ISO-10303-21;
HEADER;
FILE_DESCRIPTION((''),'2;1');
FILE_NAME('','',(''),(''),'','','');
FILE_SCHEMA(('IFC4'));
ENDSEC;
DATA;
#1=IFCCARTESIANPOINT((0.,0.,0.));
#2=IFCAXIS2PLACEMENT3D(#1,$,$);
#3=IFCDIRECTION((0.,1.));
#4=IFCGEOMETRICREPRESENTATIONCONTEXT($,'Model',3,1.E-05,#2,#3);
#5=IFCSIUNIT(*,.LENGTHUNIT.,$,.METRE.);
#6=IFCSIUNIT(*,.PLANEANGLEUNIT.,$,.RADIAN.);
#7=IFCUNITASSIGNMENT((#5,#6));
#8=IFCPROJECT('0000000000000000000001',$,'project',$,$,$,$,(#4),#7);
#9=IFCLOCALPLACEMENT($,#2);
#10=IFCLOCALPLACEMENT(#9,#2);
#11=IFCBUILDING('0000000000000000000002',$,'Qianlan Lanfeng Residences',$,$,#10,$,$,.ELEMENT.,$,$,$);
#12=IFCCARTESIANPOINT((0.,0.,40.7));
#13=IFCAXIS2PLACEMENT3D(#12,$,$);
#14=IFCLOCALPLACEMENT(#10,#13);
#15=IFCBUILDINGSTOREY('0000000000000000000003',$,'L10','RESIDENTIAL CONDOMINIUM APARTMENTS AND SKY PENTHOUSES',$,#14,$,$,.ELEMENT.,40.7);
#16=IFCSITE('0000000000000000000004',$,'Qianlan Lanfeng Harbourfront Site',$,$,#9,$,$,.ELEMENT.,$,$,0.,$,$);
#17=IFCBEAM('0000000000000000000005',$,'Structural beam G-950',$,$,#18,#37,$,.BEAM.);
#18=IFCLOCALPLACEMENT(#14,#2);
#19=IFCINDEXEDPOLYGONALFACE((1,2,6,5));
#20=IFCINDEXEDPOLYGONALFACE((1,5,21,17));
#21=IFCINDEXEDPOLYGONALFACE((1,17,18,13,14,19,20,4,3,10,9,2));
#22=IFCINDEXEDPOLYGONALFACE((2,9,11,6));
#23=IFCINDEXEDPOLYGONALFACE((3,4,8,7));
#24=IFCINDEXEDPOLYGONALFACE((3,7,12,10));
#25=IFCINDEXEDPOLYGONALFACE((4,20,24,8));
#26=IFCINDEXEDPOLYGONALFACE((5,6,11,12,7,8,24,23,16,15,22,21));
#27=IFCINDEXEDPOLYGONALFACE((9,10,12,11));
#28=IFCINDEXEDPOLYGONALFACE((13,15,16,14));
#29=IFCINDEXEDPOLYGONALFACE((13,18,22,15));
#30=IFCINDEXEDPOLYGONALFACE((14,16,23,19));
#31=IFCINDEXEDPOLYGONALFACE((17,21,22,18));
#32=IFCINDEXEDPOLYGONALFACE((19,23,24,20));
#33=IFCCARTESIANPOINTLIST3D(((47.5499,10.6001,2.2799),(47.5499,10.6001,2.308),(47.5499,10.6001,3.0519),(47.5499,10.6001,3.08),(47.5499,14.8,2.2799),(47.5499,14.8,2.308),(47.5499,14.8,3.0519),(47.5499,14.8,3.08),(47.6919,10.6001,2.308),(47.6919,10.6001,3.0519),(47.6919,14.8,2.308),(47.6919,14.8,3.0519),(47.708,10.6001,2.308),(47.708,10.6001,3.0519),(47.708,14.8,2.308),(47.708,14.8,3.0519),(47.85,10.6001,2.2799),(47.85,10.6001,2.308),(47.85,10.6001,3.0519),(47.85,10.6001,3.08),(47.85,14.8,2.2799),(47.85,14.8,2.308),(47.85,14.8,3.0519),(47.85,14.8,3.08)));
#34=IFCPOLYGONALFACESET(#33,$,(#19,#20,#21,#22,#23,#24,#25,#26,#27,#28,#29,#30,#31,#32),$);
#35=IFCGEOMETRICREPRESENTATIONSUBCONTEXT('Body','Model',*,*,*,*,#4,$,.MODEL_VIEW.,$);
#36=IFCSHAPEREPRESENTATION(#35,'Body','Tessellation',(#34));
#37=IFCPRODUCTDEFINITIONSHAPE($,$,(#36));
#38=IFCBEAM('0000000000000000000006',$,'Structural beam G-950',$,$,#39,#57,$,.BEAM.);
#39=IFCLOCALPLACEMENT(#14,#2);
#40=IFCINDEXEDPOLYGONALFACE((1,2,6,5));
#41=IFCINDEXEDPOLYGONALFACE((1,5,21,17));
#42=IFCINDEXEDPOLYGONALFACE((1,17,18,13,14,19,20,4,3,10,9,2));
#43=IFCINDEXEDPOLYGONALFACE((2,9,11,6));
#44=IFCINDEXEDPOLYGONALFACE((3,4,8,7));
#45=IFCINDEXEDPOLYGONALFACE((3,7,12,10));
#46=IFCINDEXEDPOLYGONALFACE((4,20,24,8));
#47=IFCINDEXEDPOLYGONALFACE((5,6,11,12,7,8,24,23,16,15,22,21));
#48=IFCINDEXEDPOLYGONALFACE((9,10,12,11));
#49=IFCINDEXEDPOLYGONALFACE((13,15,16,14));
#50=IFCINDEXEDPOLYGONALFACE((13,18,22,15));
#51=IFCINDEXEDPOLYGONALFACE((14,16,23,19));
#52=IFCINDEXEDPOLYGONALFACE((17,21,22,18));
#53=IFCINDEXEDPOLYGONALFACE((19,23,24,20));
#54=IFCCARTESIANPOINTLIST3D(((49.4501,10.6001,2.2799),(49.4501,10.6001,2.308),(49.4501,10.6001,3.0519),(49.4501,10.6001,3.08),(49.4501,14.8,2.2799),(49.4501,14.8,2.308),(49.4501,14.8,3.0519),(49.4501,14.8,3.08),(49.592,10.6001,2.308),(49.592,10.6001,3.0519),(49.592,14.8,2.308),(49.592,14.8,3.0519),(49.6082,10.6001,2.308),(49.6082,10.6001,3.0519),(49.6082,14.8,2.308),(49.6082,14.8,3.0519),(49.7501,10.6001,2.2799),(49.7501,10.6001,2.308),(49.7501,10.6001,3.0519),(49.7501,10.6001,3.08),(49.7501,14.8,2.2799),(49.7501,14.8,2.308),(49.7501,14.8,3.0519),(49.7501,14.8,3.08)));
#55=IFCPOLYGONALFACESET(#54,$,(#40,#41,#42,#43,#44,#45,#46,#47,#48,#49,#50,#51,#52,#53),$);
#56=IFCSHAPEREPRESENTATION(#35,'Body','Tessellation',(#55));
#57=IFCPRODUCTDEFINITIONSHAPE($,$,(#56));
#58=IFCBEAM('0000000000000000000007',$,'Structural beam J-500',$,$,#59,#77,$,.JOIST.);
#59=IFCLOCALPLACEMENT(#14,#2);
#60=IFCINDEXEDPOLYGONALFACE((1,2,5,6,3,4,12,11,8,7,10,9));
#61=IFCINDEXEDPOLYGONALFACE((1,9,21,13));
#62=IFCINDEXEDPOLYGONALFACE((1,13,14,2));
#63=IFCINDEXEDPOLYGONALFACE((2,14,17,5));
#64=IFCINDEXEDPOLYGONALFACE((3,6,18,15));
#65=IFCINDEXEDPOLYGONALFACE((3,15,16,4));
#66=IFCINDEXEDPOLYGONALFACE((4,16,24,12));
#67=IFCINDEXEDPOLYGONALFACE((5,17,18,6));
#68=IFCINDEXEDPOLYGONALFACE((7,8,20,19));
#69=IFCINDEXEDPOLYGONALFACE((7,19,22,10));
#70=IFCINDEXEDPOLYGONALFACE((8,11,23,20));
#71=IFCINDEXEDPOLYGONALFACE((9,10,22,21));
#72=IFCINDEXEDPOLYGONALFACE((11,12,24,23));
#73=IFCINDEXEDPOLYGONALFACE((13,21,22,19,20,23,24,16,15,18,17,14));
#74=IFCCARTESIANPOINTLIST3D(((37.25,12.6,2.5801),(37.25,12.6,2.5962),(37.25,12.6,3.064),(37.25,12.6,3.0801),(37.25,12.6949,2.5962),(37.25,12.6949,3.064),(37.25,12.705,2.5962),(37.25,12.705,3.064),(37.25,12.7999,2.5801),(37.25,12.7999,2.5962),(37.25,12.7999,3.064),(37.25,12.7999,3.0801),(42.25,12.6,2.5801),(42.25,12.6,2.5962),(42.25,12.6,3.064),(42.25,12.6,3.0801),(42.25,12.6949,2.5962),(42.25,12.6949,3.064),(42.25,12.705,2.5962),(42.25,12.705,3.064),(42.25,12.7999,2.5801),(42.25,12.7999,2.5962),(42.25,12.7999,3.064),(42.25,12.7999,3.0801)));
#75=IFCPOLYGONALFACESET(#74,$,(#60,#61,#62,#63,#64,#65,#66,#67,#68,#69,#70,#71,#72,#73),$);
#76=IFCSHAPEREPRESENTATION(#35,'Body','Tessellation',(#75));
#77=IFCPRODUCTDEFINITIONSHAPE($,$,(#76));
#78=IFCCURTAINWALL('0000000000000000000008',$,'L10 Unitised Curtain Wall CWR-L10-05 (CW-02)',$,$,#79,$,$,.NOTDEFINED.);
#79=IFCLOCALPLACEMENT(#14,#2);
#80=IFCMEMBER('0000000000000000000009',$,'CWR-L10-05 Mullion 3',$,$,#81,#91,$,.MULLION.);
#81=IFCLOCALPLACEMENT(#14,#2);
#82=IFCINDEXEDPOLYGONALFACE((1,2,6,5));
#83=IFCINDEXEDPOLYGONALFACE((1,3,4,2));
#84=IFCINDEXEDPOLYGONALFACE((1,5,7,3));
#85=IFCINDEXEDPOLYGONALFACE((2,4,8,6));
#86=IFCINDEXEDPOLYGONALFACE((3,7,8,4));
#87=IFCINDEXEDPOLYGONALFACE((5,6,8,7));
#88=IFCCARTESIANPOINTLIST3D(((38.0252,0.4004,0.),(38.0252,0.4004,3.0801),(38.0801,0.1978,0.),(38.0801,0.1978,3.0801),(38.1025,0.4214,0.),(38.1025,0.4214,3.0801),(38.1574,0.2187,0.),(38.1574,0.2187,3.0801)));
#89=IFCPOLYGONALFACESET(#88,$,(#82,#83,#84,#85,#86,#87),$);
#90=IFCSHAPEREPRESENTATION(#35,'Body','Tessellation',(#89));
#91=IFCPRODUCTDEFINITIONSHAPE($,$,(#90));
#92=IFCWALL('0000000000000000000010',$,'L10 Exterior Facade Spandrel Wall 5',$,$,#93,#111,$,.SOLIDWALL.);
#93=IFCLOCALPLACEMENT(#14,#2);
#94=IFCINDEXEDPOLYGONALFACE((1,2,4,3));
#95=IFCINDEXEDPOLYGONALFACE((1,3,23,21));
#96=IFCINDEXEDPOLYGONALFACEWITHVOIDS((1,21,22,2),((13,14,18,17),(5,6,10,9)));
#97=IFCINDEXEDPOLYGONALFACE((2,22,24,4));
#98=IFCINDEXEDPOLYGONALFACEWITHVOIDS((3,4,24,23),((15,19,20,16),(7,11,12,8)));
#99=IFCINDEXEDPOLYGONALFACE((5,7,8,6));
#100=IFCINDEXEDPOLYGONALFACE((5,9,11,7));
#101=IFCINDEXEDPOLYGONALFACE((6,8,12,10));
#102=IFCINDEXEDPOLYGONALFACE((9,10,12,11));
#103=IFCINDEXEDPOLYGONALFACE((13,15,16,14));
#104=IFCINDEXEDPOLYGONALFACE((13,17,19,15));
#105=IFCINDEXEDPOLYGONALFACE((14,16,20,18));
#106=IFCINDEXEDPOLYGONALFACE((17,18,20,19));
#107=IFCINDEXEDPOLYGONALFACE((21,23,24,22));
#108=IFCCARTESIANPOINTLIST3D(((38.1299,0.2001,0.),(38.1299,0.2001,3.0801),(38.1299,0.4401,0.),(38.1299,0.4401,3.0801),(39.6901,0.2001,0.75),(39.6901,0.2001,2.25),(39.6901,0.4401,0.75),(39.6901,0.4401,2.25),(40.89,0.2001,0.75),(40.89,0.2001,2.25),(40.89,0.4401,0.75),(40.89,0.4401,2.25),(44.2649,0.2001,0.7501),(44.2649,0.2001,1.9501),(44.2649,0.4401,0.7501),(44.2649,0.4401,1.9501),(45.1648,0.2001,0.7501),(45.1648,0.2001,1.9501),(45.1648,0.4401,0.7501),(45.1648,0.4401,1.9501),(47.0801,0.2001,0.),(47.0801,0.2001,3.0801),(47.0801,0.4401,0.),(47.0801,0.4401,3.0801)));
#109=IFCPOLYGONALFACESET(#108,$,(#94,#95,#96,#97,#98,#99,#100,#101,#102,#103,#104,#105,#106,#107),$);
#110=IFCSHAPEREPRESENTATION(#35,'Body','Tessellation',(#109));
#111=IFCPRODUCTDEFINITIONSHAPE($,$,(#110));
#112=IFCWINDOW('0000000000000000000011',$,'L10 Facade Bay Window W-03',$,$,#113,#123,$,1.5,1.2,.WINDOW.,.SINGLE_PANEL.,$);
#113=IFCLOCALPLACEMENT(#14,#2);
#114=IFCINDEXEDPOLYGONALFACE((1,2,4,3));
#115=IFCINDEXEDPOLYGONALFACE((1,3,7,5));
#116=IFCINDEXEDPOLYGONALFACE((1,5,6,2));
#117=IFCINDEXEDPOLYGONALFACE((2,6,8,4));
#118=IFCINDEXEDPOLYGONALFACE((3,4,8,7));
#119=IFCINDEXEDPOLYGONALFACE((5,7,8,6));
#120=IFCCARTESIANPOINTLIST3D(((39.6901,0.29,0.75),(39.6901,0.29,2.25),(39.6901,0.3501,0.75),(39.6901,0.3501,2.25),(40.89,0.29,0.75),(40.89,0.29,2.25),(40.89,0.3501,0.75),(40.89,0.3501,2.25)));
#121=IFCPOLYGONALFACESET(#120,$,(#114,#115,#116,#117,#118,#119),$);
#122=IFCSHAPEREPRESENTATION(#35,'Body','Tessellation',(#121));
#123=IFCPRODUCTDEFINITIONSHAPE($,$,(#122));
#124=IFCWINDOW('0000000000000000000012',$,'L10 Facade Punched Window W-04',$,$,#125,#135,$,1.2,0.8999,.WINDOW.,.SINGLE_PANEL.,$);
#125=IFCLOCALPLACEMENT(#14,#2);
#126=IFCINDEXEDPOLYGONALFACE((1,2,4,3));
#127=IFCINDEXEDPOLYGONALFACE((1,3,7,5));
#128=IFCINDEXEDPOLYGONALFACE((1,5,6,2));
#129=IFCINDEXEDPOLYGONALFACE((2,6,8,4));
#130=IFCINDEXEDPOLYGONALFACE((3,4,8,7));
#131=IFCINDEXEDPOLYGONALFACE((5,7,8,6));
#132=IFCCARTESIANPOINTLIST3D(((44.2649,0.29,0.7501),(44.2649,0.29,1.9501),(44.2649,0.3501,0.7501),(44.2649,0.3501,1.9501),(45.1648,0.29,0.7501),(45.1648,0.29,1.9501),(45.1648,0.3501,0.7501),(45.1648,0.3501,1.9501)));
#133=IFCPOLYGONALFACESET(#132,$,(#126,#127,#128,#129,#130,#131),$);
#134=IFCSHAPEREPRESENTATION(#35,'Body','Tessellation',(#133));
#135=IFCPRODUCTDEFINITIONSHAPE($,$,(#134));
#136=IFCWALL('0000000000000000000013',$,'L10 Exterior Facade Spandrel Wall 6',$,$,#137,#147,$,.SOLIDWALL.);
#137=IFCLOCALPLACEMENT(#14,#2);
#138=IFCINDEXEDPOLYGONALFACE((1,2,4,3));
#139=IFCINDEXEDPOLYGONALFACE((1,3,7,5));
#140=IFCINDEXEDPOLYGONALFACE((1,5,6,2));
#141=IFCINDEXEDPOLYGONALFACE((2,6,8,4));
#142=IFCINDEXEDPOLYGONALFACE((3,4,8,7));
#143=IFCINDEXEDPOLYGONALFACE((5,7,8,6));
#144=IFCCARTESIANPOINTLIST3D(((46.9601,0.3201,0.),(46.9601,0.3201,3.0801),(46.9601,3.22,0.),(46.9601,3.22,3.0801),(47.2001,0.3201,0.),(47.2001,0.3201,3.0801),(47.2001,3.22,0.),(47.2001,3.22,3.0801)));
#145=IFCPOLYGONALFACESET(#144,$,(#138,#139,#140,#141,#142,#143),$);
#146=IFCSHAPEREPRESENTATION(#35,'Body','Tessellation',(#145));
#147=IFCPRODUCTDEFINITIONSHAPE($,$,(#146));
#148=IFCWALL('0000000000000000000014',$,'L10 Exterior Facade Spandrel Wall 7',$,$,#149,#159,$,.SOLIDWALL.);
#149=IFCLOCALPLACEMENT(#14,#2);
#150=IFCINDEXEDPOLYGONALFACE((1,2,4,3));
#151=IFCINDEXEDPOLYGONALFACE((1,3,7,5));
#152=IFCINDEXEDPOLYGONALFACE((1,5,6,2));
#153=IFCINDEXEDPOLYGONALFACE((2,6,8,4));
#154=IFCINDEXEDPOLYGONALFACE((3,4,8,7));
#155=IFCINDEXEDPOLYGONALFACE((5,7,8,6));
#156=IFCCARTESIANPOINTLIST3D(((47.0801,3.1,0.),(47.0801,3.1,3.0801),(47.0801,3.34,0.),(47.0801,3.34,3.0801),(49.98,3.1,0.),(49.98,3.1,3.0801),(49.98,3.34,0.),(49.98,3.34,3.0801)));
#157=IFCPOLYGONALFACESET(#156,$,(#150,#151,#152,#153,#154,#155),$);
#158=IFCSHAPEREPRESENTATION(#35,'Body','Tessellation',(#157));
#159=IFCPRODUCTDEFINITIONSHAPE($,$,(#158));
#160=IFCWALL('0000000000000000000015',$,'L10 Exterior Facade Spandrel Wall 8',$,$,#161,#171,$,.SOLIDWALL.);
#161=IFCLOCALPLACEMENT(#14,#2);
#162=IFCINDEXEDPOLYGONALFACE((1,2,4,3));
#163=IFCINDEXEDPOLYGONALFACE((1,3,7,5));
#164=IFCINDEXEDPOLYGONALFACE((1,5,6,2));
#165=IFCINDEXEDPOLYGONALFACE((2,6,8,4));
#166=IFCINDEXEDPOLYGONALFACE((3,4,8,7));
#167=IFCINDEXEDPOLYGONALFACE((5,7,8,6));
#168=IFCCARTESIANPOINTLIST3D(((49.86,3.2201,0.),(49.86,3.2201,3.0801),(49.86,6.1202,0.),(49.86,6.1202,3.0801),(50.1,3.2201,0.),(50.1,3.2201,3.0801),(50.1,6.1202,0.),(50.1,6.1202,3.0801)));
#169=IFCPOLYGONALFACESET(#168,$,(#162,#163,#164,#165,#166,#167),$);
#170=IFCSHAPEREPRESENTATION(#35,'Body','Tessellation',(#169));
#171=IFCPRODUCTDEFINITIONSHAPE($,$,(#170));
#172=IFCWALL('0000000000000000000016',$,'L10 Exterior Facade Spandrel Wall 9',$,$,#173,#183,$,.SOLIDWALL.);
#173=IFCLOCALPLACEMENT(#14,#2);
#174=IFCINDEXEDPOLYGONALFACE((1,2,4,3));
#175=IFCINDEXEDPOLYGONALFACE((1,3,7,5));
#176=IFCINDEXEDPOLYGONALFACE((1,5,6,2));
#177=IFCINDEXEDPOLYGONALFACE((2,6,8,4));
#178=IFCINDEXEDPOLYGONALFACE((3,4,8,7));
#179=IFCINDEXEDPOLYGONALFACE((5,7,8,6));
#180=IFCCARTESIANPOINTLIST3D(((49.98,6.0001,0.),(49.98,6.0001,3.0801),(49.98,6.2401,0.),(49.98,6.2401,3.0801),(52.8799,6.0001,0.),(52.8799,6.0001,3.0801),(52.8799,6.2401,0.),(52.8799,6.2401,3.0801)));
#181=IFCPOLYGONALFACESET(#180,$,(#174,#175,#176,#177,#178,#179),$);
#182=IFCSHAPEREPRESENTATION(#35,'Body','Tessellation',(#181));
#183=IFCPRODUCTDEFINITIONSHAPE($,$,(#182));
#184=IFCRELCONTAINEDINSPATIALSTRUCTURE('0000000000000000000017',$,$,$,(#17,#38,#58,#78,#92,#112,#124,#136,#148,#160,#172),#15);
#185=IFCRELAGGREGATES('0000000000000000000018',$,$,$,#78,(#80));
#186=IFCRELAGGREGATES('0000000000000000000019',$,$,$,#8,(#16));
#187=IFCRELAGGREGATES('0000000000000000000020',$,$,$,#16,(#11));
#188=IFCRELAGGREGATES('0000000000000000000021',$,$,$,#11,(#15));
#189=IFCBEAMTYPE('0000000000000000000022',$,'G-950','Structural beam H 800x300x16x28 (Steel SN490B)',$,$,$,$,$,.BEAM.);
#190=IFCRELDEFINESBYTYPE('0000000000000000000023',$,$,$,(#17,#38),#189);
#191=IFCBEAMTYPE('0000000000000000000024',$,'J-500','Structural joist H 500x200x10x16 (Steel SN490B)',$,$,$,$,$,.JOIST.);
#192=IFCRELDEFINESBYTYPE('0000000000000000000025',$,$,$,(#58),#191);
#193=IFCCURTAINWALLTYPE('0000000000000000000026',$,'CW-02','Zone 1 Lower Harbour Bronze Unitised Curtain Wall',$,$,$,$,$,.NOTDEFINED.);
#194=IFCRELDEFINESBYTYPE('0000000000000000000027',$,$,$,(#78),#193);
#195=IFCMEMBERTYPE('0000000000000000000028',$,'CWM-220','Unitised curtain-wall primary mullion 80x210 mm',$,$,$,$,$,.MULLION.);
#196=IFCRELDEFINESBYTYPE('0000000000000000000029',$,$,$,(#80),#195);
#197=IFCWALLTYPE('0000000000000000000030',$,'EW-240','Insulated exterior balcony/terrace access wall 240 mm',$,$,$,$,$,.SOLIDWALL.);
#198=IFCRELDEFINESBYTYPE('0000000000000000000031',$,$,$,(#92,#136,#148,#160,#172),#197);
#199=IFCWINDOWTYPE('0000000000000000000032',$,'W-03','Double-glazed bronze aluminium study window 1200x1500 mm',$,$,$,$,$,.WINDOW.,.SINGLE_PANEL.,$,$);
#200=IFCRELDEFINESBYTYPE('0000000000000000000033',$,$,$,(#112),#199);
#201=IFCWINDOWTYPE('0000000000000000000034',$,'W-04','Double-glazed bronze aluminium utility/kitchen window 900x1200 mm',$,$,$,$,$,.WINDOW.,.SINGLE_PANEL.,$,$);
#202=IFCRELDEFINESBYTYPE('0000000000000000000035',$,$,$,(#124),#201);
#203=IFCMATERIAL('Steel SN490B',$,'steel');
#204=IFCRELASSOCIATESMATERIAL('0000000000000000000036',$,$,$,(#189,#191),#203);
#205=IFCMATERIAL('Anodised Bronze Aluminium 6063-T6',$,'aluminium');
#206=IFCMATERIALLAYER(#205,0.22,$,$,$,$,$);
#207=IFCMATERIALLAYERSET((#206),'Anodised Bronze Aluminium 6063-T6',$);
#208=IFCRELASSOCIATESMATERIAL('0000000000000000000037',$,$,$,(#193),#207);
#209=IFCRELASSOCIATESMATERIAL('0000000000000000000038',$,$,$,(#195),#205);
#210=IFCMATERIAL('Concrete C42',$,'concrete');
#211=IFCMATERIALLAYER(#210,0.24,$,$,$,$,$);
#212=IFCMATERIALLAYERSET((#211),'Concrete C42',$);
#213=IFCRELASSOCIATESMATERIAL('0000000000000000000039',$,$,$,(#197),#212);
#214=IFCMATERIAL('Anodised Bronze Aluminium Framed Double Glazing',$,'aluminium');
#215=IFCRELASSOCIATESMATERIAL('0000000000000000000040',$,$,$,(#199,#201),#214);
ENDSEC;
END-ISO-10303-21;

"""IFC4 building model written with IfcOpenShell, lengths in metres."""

from ifc_helpers import new_model, si_unit, direction, frame, frame_2d, origin, origin_2d, place, context, subcontext, project, spatial, rectangle, i_section, extrude, source, transform, mapped, material, layer, layer_set, material_profile, profile_set, type_object, element, fill, aggregate, save


model = new_model("IFC4")

# Units and contexts
model_context = context("Model", 3, precision=1e-05, world=origin(), true_north=direction((0.0, 1.0)))
body_context = subcontext(model_context, "Body", "Model", "MODEL_VIEW")
ifc_project = project(units=[si_unit("LENGTHUNIT", "METRE"), si_unit("PLANEANGLEUNIT", "RADIAN")], contexts=[model_context])

# Site, building, storey
site_placement = place(None, origin())
site = spatial("IfcSite", under=ifc_project, at=site_placement, Name="Qianlan Lanfeng Harbourfront Site", CompositionType="ELEMENT", RefElevation=0.0)
building_placement = place(site_placement, origin())
building = spatial("IfcBuilding", under=site, at=building_placement, Name="Qianlan Lanfeng Residences", CompositionType="ELEMENT")
storey_placement = place(building_placement, frame((0.0, 0.0, 40.7)))
storey = spatial("IfcBuildingStorey", under=building, at=storey_placement, Name="L10", Description="RESIDENTIAL CONDOMINIUM APARTMENTS AND SKY PENTHOUSES", CompositionType="ELEMENT", Elevation=40.7)

# Shared definitions
ifc_material_1 = material(Name="Steel SN490B", Category="steel")

# Beams
ifc_material_profile_1 = material_profile(ifc_material_1, i_section(OverallWidth=0.3, OverallDepth=0.8, WebThickness=0.0161, FlangeThickness=0.0281, at=origin_2d()), Name="H 800x300x16x28")
ifc_profile_set_1 = profile_set([ifc_material_profile_1], Name="Steel SN490B")
beam_type_1 = type_object("IfcBeamType", Name="G-950", Description="Structural beam H 800x300x16x28 (Steel SN490B)", PredefinedType="BEAM", material=ifc_profile_set_1)
for number, where, z_axis, x_axis, name in (
    (1, (47.7, 10.6001, 2.6799), (0.0, 1.0, 0.0), (-1.0, 0.0, 0.0), "Structural beam G-950"),
    (2, (49.6001, 10.6001, 2.6799), (0.0, 1.0, 0.0), (-1.0, 0.0, 0.0), "Structural beam G-950"),
):
    element("IfcBeam", number, at=place(storey_placement, frame(where, z_axis=z_axis, x_axis=x_axis)), inside=storey, type_object=beam_type_1, Name=name, PredefinedType="BEAM", context=body_context, shape_type="SweptSolid", body=[
        extrude(i_section(OverallWidth=0.3, OverallDepth=0.8, WebThickness=0.0161, FlangeThickness=0.0281, at=origin_2d()), origin(), (0.0, 0.0, 1.0), 4.2),
    ])
ifc_material_profile_2 = material_profile(ifc_material_1, i_section(OverallWidth=0.2, OverallDepth=0.5, WebThickness=0.01, FlangeThickness=0.0161, at=origin_2d()), Name="H 500x200x10x16")
ifc_profile_set_2 = profile_set([ifc_material_profile_2], Name="Steel SN490B")
beam_type_2 = type_object("IfcBeamType", Name="J-500", Description="Structural joist H 500x200x10x16 (Steel SN490B)", PredefinedType="JOIST", material=ifc_profile_set_2)
beam_1_placement = place(storey_placement, frame((37.25, 12.7, 2.8301), z_axis=(1.0, 0.0, 0.0), x_axis=(0.0, 1.0, 0.0)))
element("IfcBeam", 3, at=beam_1_placement, inside=storey, type_object=beam_type_2, Name="Structural beam J-500", PredefinedType="JOIST", context=body_context, shape_type="SweptSolid", body=[
    extrude(i_section(OverallWidth=0.2, OverallDepth=0.5, WebThickness=0.01, FlangeThickness=0.0161, at=origin_2d()), origin(), (0.0, 0.0, 1.0), 5.0),
])

# Curtain wall, member
ifc_material_2 = material(Name="Anodised Bronze Aluminium 6063-T6", Category="aluminium")
ifc_layer_1 = layer(ifc_material_2, 0.22)
ifc_layer_set_1 = layer_set([ifc_layer_1], Name="Anodised Bronze Aluminium 6063-T6")
curtain_wall_type = type_object("IfcCurtainWallType", Name="CW-02", Description="Zone 1 Lower Harbour Bronze Unitised Curtain Wall", PredefinedType="NOTDEFINED", material=ifc_layer_set_1)
curtain_wall_placement = place(storey_placement, origin())
curtain_wall = element("IfcCurtainWall", 4, at=curtain_wall_placement, inside=storey, type_object=curtain_wall_type, Name="L10 Unitised Curtain Wall CWR-L10-05 (CW-02)", PredefinedType="NOTDEFINED")
ifc_material_profile_3 = material_profile(ifc_material_2, rectangle(XDim=0.0801, YDim=0.21, at=origin_2d()), Name="ALU MULLION 80x210")
ifc_profile_set_3 = profile_set([ifc_material_profile_3], Name="Anodised Bronze Aluminium 6063-T6")
member_type = type_object("IfcMemberType", Name="CWM-220", Description="Unitised curtain-wall primary mullion 80x210 mm", PredefinedType="MULLION", material=ifc_profile_set_3)
shared_shape = source(origin(), body_context, "Body", "SweptSolid", [
    extrude(rectangle(XDim=0.0801, YDim=0.21, at=origin_2d()), origin(), (0.0, 0.0, 1.0), 3.0801),
])
member_placement = place(storey_placement, frame((38.0913, 0.3096, 0.0), z_axis=(0.0, 0.0, 1.0), x_axis=(0.965263, 0.261281, 0.0)))
member = element("IfcMember", 5, at=member_placement, type_object=member_type, Name="CWR-L10-05 Mullion 3", PredefinedType="MULLION", context=body_context, shape_type="MappedRepresentation", body=[
    mapped(shared_shape, transform((0.0, 0.0, 0.0), scale=1.0)),
])
aggregate(curtain_wall, [member])

# Wall, openings, windows
ifc_material_3 = material(Name="Concrete C42", Category="concrete")
ifc_layer_2 = layer(ifc_material_3, 0.24)
ifc_layer_set_2 = layer_set([ifc_layer_2], Name="Concrete C42")
wall_type_1 = type_object("IfcWallType", Name="EW-240", Description="Insulated exterior balcony/terrace access wall 240 mm", PredefinedType="SOLIDWALL", material=ifc_layer_set_2)
wall_1_placement = place(storey_placement, frame((38.1299, 0.3201, 0.0), z_axis=(0.0, 0.0, 1.0), x_axis=(1.0, 0.0, 0.0)))
wall_1 = element("IfcWall", 6, at=wall_1_placement, inside=storey, type_object=wall_type_1, Name="L10 Exterior Facade Spandrel Wall 5", PredefinedType="SOLIDWALL", context=body_context, shape_type="SweptSolid", body=[
    extrude(rectangle(XDim=8.9502, YDim=0.24, at=frame_2d((4.4751, 0.0))), origin(), (0.0, 0.0, 1.0), 3.0801),
])
opening_1_placement = place(wall_1_placement, frame((6.135, 0.0, 0.75)))
opening_1 = element("IfcOpeningElement", 7, at=opening_1_placement, cuts=wall_1, PredefinedType="OPENING", context=body_context, shape_type="SweptSolid", body=[
    extrude(rectangle(XDim=0.8999, YDim=1.2, at=frame_2d((0.45, 0.6001))), frame((0.0, 0.1299, 0.0), z_axis=(0.0, -1.0, 0.0), x_axis=(1.0, 0.0, 0.0)), (0.0, 0.0, 1.0), 0.26),
])
opening_2_placement = place(wall_1_placement, frame((1.5601, 0.0, 0.75)))
opening_2 = element("IfcOpeningElement", 8, at=opening_2_placement, cuts=wall_1, PredefinedType="OPENING", context=body_context, shape_type="SweptSolid", body=[
    extrude(rectangle(XDim=1.2, YDim=1.5, at=frame_2d((0.6001, 0.75))), frame((0.0, 0.1299, 0.0), z_axis=(0.0, -1.0, 0.0), x_axis=(1.0, 0.0, 0.0)), (0.0, 0.0, 1.0), 0.26),
])
ifc_material_4 = material(Name="Anodised Bronze Aluminium Framed Double Glazing", Category="aluminium")
window_type_1 = type_object("IfcWindowType", Name="W-03", Description="Double-glazed bronze aluminium study window 1200x1500 mm", PartitioningType="SINGLE_PANEL", PredefinedType="WINDOW", material=ifc_material_4)
window_1_placement = place(opening_2_placement, origin())
window_1 = element("IfcWindow", 9, at=window_1_placement, inside=storey, type_object=window_type_1, Name="L10 Facade Bay Window W-03", OverallHeight=1.5, OverallWidth=1.2, PartitioningType="SINGLE_PANEL", PredefinedType="WINDOW", context=body_context, shape_type="SweptSolid", body=[
    extrude(rectangle(XDim=1.2, YDim=1.5, at=frame_2d((0.6001, 0.75))), frame((0.0, 0.03, 0.0), z_axis=(0.0, -1.0, 0.0), x_axis=(1.0, 0.0, 0.0)), (0.0, 0.0, 1.0), 0.0601),
])
fill(opening_2, window_1)
window_type_2 = type_object("IfcWindowType", Name="W-04", Description="Double-glazed bronze aluminium utility/kitchen window 900x1200 mm", PartitioningType="SINGLE_PANEL", PredefinedType="WINDOW", material=ifc_material_4)
window_2_placement = place(opening_1_placement, origin())
window_2 = element("IfcWindow", 10, at=window_2_placement, inside=storey, type_object=window_type_2, Name="L10 Facade Punched Window W-04", OverallHeight=1.2, OverallWidth=0.8999, PartitioningType="SINGLE_PANEL", PredefinedType="WINDOW", context=body_context, shape_type="SweptSolid", body=[
    extrude(rectangle(XDim=0.8999, YDim=1.2, at=frame_2d((0.45, 0.6001))), frame((0.0, 0.03, 0.0), z_axis=(0.0, -1.0, 0.0), x_axis=(1.0, 0.0, 0.0)), (0.0, 0.0, 1.0), 0.0601),
])
fill(opening_1, window_2)

# Walls
for number, where, z_axis, x_axis, name in (
    (11, (47.0801, 0.3201, 0.0), (0.0, 0.0, 1.0), (0.0, 1.0, 0.0), "L10 Exterior Facade Spandrel Wall 6"),
    (12, (47.0801, 3.22, 0.0), (0.0, 0.0, 1.0), (1.0, 0.0, 0.0), "L10 Exterior Facade Spandrel Wall 7"),
):
    element("IfcWall", number, at=place(storey_placement, frame(where, z_axis=z_axis, x_axis=x_axis)), inside=storey, type_object=wall_type_1, Name=name, PredefinedType="SOLIDWALL", context=body_context, shape_type="SweptSolid", body=[
        extrude(rectangle(XDim=2.8999, YDim=0.24, at=frame_2d((1.45, 0.0))), origin(), (0.0, 0.0, 1.0), 3.0801),
    ])
wall_2_placement = place(storey_placement, frame((49.98, 3.22, 0.0), z_axis=(0.0, 0.0, 1.0), x_axis=(0.0, 1.0, 0.0)))
element("IfcWall", 13, at=wall_2_placement, inside=storey, type_object=wall_type_1, Name="L10 Exterior Facade Spandrel Wall 8", PredefinedType="SOLIDWALL", context=body_context, shape_type="SweptSolid", body=[
    extrude(rectangle(XDim=2.9001, YDim=0.24, at=frame_2d((1.4502, 0.0))), origin(), (0.0, 0.0, 1.0), 3.0801),
])
wall_3_placement = place(storey_placement, frame((49.98, 6.1201, 0.0), z_axis=(0.0, 0.0, 1.0), x_axis=(1.0, 0.0, 0.0)))
element("IfcWall", 14, at=wall_3_placement, inside=storey, type_object=wall_type_1, Name="L10 Exterior Facade Spandrel Wall 9", PredefinedType="SOLIDWALL", context=body_context, shape_type="SweptSolid", body=[
    extrude(rectangle(XDim=2.8999, YDim=0.24, at=frame_2d((1.45, 0.0))), origin(), (0.0, 0.0, 1.0), 3.0801),
])

save(model, "model.ifc")
